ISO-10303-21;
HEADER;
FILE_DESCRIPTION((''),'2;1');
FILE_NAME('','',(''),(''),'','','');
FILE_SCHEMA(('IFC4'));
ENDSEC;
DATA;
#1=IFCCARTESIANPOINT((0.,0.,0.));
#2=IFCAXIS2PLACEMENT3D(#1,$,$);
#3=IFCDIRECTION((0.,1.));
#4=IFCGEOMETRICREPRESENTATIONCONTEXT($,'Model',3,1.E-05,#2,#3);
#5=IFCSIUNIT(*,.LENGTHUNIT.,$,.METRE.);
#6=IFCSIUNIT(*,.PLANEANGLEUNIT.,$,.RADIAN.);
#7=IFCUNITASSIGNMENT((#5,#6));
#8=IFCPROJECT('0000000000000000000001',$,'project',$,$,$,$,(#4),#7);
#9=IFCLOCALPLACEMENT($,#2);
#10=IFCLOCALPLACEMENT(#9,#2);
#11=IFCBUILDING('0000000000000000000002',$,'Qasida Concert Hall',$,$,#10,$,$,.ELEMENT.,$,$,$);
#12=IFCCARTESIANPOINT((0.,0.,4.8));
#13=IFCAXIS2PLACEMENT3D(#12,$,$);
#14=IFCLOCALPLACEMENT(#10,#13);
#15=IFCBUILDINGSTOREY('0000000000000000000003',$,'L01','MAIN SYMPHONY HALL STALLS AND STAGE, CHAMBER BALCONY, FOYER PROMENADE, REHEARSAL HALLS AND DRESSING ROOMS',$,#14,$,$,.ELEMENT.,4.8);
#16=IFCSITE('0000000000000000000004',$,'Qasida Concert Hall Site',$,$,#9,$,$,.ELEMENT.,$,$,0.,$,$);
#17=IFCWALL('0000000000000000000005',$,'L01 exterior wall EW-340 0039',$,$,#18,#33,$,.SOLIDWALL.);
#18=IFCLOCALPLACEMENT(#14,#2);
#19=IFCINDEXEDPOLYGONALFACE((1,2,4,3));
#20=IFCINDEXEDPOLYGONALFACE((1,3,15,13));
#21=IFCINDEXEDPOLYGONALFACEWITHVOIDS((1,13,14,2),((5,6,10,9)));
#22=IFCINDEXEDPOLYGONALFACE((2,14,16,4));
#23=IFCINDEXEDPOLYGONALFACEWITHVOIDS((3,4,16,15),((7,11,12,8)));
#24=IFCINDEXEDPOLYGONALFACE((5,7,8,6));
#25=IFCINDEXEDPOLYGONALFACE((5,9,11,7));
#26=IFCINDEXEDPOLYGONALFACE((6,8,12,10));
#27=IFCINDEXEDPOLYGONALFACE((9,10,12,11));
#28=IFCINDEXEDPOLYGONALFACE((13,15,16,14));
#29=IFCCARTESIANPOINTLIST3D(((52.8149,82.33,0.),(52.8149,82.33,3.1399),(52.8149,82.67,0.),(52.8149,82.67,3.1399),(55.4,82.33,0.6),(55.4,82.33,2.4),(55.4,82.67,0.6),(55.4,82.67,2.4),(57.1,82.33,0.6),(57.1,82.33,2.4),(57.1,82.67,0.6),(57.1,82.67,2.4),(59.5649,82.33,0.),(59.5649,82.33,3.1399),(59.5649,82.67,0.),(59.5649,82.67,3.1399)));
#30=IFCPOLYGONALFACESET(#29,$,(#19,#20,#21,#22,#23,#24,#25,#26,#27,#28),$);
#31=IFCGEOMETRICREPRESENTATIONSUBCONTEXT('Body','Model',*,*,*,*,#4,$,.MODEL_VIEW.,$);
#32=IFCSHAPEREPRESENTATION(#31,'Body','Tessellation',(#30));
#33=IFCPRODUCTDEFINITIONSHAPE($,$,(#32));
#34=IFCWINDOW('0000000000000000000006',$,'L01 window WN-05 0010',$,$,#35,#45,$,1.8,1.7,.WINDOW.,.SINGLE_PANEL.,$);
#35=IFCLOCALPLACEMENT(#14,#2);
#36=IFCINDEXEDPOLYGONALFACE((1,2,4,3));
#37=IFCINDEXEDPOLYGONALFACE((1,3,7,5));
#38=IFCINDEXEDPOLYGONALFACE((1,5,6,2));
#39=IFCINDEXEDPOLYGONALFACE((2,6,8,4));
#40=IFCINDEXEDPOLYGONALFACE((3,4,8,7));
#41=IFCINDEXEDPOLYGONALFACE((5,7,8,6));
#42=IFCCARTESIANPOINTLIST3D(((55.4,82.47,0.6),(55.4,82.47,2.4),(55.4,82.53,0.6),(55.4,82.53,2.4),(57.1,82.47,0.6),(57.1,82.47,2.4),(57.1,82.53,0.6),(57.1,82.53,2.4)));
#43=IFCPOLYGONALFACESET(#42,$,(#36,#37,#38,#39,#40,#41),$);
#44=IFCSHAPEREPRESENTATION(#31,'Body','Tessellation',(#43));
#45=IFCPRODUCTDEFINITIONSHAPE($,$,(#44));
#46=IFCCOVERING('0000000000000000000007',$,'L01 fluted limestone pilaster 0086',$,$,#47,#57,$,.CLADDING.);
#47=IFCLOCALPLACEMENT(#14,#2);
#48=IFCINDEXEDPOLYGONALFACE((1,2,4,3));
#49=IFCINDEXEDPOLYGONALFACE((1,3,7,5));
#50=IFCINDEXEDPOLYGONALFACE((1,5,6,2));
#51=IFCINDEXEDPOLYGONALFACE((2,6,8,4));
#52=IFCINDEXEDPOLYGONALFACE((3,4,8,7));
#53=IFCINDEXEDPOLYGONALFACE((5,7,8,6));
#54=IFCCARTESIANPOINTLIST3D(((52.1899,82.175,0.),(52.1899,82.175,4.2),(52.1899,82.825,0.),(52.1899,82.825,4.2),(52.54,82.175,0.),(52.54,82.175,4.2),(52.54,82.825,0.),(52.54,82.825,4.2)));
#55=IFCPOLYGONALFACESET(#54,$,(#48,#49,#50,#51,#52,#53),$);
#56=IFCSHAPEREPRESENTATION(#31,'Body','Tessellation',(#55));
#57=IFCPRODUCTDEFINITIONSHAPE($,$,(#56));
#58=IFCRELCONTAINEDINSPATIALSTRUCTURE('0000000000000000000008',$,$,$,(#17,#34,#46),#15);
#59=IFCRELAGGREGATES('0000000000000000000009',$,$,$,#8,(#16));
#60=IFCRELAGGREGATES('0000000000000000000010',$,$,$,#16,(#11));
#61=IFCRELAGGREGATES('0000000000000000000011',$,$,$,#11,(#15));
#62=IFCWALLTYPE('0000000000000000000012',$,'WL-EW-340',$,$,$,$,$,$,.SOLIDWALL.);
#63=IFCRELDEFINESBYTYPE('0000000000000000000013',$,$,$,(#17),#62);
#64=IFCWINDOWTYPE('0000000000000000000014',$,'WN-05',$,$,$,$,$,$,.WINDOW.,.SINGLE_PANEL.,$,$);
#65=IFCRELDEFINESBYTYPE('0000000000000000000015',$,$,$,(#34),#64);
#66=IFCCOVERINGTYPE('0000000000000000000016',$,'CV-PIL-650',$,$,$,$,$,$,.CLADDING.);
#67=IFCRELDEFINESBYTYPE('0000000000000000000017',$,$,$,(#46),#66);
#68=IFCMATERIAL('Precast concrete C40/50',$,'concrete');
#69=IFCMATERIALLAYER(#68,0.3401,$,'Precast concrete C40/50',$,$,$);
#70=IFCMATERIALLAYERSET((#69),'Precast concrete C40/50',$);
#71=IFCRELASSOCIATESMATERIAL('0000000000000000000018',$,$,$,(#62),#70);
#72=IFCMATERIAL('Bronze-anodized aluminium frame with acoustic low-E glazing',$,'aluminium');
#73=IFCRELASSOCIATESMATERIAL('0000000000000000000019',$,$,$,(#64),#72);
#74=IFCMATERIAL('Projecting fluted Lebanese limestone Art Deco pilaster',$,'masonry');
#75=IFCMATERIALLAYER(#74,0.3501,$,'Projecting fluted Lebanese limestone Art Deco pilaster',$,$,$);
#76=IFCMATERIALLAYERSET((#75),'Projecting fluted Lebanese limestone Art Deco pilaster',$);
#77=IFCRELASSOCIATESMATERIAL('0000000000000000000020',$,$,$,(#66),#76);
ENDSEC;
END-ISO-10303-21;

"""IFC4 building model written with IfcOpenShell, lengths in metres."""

from ifc_helpers import new_model, si_unit, direction, frame, frame_2d, origin, origin_2d, place, context, subcontext, project, spatial, rectangle, extrude, material, layer, layer_set, type_object, element, fill, save


model = new_model("IFC4")

# Units and contexts
model_context = context("Model", 3, precision=1e-05, world=origin(), true_north=direction((0.0, 1.0)))
body_context = subcontext(model_context, "Body", "Model", "MODEL_VIEW")
ifc_project = project(units=[si_unit("LENGTHUNIT", "METRE"), si_unit("PLANEANGLEUNIT", "RADIAN")], contexts=[model_context])

# Site, building, storey
site_placement = place(None, origin())
site = spatial("IfcSite", under=ifc_project, at=site_placement, Name="Qasida Concert Hall Site", CompositionType="ELEMENT", RefElevation=0.0)
building_placement = place(site_placement, origin())
building = spatial("IfcBuilding", under=site, at=building_placement, Name="Qasida Concert Hall", CompositionType="ELEMENT")
storey_placement = place(building_placement, frame((0.0, 0.0, 4.8)))
storey = spatial("IfcBuildingStorey", under=building, at=storey_placement, Name="L01", Description="MAIN SYMPHONY HALL STALLS AND STAGE, CHAMBER BALCONY, FOYER PROMENADE, REHEARSAL HALLS AND DRESSING ROOMS", CompositionType="ELEMENT", Elevation=4.8)

# Wall, opening, window
ifc_material_1 = material(Name="Precast concrete C40/50", Category="concrete")
ifc_layer_1 = layer(ifc_material_1, 0.3401, Name="Precast concrete C40/50")
ifc_layer_set_1 = layer_set([ifc_layer_1], Name="Precast concrete C40/50")
wall_type = type_object("IfcWallType", Name="WL-EW-340", PredefinedType="SOLIDWALL", material=ifc_layer_set_1)
wall_placement = place(storey_placement, frame((52.8149, 82.5, 0.0), z_axis=(0.0, 0.0, 1.0), x_axis=(1.0, 0.0, 0.0)))
wall = element("IfcWall", 1, at=wall_placement, inside=storey, type_object=wall_type, Name="L01 exterior wall EW-340 0039", PredefinedType="SOLIDWALL", context=body_context, shape_type="SweptSolid", body=[
    extrude(rectangle(XDim=6.75, YDim=0.3401, at=frame_2d((3.375, 0.0))), origin(), (0.0, 0.0, 1.0), 3.1399),
])
opening_placement = place(wall_placement, frame((2.585, 0.0, 0.6001)))
opening = element("IfcOpeningElement", 2, at=opening_placement, cuts=wall, PredefinedType="OPENING", context=body_context, shape_type="SweptSolid", body=[
    extrude(rectangle(XDim=1.7, YDim=1.8, at=frame_2d((0.8501, 0.8999))), frame((0.0, 0.1799, 0.0), z_axis=(0.0, -1.0, 0.0), x_axis=(1.0, 0.0, 0.0)), (0.0, 0.0, 1.0), 0.3601),
])
ifc_material_2 = material(Name="Bronze-anodized aluminium frame with acoustic low-E glazing", Category="aluminium")
window_type = type_object("IfcWindowType", Name="WN-05", PartitioningType="SINGLE_PANEL", PredefinedType="WINDOW", material=ifc_material_2)
window_placement = place(opening_placement, origin())
window = element("IfcWindow", 3, at=window_placement, inside=storey, type_object=window_type, Name="L01 window WN-05 0010", OverallHeight=1.8, OverallWidth=1.7, PartitioningType="SINGLE_PANEL", PredefinedType="WINDOW", context=body_context, shape_type="SweptSolid", body=[
    extrude(rectangle(XDim=1.7, YDim=1.8, at=frame_2d((0.8501, 0.8999))), frame((0.0, 0.03, 0.0), z_axis=(0.0, -1.0, 0.0), x_axis=(1.0, 0.0, 0.0)), (0.0, 0.0, 1.0), 0.0601),
])
fill(opening, window)

# Covering
ifc_material_3 = material(Name="Projecting fluted Lebanese limestone Art Deco pilaster", Category="masonry")
ifc_layer_2 = layer(ifc_material_3, 0.3501, Name="Projecting fluted Lebanese limestone Art Deco pilaster")
ifc_layer_set_2 = layer_set([ifc_layer_2], Name="Projecting fluted Lebanese limestone Art Deco pilaster")
covering_type = type_object("IfcCoveringType", Name="CV-PIL-650", PredefinedType="CLADDING", material=ifc_layer_set_2)
covering_placement = place(storey_placement, frame((52.365, 82.5, 0.0), z_axis=(0.0, 0.0, 1.0), x_axis=(1.0, 0.0, 0.0)))
element("IfcCovering", 4, at=covering_placement, inside=storey, type_object=covering_type, Name="L01 fluted limestone pilaster 0086", PredefinedType="CLADDING", context=body_context, shape_type="SweptSolid", body=[
    extrude(rectangle(XDim=0.3501, YDim=0.6499, at=origin_2d()), origin(), (0.0, 0.0, 1.0), 4.2),
])

save(model, "model.ifc")
